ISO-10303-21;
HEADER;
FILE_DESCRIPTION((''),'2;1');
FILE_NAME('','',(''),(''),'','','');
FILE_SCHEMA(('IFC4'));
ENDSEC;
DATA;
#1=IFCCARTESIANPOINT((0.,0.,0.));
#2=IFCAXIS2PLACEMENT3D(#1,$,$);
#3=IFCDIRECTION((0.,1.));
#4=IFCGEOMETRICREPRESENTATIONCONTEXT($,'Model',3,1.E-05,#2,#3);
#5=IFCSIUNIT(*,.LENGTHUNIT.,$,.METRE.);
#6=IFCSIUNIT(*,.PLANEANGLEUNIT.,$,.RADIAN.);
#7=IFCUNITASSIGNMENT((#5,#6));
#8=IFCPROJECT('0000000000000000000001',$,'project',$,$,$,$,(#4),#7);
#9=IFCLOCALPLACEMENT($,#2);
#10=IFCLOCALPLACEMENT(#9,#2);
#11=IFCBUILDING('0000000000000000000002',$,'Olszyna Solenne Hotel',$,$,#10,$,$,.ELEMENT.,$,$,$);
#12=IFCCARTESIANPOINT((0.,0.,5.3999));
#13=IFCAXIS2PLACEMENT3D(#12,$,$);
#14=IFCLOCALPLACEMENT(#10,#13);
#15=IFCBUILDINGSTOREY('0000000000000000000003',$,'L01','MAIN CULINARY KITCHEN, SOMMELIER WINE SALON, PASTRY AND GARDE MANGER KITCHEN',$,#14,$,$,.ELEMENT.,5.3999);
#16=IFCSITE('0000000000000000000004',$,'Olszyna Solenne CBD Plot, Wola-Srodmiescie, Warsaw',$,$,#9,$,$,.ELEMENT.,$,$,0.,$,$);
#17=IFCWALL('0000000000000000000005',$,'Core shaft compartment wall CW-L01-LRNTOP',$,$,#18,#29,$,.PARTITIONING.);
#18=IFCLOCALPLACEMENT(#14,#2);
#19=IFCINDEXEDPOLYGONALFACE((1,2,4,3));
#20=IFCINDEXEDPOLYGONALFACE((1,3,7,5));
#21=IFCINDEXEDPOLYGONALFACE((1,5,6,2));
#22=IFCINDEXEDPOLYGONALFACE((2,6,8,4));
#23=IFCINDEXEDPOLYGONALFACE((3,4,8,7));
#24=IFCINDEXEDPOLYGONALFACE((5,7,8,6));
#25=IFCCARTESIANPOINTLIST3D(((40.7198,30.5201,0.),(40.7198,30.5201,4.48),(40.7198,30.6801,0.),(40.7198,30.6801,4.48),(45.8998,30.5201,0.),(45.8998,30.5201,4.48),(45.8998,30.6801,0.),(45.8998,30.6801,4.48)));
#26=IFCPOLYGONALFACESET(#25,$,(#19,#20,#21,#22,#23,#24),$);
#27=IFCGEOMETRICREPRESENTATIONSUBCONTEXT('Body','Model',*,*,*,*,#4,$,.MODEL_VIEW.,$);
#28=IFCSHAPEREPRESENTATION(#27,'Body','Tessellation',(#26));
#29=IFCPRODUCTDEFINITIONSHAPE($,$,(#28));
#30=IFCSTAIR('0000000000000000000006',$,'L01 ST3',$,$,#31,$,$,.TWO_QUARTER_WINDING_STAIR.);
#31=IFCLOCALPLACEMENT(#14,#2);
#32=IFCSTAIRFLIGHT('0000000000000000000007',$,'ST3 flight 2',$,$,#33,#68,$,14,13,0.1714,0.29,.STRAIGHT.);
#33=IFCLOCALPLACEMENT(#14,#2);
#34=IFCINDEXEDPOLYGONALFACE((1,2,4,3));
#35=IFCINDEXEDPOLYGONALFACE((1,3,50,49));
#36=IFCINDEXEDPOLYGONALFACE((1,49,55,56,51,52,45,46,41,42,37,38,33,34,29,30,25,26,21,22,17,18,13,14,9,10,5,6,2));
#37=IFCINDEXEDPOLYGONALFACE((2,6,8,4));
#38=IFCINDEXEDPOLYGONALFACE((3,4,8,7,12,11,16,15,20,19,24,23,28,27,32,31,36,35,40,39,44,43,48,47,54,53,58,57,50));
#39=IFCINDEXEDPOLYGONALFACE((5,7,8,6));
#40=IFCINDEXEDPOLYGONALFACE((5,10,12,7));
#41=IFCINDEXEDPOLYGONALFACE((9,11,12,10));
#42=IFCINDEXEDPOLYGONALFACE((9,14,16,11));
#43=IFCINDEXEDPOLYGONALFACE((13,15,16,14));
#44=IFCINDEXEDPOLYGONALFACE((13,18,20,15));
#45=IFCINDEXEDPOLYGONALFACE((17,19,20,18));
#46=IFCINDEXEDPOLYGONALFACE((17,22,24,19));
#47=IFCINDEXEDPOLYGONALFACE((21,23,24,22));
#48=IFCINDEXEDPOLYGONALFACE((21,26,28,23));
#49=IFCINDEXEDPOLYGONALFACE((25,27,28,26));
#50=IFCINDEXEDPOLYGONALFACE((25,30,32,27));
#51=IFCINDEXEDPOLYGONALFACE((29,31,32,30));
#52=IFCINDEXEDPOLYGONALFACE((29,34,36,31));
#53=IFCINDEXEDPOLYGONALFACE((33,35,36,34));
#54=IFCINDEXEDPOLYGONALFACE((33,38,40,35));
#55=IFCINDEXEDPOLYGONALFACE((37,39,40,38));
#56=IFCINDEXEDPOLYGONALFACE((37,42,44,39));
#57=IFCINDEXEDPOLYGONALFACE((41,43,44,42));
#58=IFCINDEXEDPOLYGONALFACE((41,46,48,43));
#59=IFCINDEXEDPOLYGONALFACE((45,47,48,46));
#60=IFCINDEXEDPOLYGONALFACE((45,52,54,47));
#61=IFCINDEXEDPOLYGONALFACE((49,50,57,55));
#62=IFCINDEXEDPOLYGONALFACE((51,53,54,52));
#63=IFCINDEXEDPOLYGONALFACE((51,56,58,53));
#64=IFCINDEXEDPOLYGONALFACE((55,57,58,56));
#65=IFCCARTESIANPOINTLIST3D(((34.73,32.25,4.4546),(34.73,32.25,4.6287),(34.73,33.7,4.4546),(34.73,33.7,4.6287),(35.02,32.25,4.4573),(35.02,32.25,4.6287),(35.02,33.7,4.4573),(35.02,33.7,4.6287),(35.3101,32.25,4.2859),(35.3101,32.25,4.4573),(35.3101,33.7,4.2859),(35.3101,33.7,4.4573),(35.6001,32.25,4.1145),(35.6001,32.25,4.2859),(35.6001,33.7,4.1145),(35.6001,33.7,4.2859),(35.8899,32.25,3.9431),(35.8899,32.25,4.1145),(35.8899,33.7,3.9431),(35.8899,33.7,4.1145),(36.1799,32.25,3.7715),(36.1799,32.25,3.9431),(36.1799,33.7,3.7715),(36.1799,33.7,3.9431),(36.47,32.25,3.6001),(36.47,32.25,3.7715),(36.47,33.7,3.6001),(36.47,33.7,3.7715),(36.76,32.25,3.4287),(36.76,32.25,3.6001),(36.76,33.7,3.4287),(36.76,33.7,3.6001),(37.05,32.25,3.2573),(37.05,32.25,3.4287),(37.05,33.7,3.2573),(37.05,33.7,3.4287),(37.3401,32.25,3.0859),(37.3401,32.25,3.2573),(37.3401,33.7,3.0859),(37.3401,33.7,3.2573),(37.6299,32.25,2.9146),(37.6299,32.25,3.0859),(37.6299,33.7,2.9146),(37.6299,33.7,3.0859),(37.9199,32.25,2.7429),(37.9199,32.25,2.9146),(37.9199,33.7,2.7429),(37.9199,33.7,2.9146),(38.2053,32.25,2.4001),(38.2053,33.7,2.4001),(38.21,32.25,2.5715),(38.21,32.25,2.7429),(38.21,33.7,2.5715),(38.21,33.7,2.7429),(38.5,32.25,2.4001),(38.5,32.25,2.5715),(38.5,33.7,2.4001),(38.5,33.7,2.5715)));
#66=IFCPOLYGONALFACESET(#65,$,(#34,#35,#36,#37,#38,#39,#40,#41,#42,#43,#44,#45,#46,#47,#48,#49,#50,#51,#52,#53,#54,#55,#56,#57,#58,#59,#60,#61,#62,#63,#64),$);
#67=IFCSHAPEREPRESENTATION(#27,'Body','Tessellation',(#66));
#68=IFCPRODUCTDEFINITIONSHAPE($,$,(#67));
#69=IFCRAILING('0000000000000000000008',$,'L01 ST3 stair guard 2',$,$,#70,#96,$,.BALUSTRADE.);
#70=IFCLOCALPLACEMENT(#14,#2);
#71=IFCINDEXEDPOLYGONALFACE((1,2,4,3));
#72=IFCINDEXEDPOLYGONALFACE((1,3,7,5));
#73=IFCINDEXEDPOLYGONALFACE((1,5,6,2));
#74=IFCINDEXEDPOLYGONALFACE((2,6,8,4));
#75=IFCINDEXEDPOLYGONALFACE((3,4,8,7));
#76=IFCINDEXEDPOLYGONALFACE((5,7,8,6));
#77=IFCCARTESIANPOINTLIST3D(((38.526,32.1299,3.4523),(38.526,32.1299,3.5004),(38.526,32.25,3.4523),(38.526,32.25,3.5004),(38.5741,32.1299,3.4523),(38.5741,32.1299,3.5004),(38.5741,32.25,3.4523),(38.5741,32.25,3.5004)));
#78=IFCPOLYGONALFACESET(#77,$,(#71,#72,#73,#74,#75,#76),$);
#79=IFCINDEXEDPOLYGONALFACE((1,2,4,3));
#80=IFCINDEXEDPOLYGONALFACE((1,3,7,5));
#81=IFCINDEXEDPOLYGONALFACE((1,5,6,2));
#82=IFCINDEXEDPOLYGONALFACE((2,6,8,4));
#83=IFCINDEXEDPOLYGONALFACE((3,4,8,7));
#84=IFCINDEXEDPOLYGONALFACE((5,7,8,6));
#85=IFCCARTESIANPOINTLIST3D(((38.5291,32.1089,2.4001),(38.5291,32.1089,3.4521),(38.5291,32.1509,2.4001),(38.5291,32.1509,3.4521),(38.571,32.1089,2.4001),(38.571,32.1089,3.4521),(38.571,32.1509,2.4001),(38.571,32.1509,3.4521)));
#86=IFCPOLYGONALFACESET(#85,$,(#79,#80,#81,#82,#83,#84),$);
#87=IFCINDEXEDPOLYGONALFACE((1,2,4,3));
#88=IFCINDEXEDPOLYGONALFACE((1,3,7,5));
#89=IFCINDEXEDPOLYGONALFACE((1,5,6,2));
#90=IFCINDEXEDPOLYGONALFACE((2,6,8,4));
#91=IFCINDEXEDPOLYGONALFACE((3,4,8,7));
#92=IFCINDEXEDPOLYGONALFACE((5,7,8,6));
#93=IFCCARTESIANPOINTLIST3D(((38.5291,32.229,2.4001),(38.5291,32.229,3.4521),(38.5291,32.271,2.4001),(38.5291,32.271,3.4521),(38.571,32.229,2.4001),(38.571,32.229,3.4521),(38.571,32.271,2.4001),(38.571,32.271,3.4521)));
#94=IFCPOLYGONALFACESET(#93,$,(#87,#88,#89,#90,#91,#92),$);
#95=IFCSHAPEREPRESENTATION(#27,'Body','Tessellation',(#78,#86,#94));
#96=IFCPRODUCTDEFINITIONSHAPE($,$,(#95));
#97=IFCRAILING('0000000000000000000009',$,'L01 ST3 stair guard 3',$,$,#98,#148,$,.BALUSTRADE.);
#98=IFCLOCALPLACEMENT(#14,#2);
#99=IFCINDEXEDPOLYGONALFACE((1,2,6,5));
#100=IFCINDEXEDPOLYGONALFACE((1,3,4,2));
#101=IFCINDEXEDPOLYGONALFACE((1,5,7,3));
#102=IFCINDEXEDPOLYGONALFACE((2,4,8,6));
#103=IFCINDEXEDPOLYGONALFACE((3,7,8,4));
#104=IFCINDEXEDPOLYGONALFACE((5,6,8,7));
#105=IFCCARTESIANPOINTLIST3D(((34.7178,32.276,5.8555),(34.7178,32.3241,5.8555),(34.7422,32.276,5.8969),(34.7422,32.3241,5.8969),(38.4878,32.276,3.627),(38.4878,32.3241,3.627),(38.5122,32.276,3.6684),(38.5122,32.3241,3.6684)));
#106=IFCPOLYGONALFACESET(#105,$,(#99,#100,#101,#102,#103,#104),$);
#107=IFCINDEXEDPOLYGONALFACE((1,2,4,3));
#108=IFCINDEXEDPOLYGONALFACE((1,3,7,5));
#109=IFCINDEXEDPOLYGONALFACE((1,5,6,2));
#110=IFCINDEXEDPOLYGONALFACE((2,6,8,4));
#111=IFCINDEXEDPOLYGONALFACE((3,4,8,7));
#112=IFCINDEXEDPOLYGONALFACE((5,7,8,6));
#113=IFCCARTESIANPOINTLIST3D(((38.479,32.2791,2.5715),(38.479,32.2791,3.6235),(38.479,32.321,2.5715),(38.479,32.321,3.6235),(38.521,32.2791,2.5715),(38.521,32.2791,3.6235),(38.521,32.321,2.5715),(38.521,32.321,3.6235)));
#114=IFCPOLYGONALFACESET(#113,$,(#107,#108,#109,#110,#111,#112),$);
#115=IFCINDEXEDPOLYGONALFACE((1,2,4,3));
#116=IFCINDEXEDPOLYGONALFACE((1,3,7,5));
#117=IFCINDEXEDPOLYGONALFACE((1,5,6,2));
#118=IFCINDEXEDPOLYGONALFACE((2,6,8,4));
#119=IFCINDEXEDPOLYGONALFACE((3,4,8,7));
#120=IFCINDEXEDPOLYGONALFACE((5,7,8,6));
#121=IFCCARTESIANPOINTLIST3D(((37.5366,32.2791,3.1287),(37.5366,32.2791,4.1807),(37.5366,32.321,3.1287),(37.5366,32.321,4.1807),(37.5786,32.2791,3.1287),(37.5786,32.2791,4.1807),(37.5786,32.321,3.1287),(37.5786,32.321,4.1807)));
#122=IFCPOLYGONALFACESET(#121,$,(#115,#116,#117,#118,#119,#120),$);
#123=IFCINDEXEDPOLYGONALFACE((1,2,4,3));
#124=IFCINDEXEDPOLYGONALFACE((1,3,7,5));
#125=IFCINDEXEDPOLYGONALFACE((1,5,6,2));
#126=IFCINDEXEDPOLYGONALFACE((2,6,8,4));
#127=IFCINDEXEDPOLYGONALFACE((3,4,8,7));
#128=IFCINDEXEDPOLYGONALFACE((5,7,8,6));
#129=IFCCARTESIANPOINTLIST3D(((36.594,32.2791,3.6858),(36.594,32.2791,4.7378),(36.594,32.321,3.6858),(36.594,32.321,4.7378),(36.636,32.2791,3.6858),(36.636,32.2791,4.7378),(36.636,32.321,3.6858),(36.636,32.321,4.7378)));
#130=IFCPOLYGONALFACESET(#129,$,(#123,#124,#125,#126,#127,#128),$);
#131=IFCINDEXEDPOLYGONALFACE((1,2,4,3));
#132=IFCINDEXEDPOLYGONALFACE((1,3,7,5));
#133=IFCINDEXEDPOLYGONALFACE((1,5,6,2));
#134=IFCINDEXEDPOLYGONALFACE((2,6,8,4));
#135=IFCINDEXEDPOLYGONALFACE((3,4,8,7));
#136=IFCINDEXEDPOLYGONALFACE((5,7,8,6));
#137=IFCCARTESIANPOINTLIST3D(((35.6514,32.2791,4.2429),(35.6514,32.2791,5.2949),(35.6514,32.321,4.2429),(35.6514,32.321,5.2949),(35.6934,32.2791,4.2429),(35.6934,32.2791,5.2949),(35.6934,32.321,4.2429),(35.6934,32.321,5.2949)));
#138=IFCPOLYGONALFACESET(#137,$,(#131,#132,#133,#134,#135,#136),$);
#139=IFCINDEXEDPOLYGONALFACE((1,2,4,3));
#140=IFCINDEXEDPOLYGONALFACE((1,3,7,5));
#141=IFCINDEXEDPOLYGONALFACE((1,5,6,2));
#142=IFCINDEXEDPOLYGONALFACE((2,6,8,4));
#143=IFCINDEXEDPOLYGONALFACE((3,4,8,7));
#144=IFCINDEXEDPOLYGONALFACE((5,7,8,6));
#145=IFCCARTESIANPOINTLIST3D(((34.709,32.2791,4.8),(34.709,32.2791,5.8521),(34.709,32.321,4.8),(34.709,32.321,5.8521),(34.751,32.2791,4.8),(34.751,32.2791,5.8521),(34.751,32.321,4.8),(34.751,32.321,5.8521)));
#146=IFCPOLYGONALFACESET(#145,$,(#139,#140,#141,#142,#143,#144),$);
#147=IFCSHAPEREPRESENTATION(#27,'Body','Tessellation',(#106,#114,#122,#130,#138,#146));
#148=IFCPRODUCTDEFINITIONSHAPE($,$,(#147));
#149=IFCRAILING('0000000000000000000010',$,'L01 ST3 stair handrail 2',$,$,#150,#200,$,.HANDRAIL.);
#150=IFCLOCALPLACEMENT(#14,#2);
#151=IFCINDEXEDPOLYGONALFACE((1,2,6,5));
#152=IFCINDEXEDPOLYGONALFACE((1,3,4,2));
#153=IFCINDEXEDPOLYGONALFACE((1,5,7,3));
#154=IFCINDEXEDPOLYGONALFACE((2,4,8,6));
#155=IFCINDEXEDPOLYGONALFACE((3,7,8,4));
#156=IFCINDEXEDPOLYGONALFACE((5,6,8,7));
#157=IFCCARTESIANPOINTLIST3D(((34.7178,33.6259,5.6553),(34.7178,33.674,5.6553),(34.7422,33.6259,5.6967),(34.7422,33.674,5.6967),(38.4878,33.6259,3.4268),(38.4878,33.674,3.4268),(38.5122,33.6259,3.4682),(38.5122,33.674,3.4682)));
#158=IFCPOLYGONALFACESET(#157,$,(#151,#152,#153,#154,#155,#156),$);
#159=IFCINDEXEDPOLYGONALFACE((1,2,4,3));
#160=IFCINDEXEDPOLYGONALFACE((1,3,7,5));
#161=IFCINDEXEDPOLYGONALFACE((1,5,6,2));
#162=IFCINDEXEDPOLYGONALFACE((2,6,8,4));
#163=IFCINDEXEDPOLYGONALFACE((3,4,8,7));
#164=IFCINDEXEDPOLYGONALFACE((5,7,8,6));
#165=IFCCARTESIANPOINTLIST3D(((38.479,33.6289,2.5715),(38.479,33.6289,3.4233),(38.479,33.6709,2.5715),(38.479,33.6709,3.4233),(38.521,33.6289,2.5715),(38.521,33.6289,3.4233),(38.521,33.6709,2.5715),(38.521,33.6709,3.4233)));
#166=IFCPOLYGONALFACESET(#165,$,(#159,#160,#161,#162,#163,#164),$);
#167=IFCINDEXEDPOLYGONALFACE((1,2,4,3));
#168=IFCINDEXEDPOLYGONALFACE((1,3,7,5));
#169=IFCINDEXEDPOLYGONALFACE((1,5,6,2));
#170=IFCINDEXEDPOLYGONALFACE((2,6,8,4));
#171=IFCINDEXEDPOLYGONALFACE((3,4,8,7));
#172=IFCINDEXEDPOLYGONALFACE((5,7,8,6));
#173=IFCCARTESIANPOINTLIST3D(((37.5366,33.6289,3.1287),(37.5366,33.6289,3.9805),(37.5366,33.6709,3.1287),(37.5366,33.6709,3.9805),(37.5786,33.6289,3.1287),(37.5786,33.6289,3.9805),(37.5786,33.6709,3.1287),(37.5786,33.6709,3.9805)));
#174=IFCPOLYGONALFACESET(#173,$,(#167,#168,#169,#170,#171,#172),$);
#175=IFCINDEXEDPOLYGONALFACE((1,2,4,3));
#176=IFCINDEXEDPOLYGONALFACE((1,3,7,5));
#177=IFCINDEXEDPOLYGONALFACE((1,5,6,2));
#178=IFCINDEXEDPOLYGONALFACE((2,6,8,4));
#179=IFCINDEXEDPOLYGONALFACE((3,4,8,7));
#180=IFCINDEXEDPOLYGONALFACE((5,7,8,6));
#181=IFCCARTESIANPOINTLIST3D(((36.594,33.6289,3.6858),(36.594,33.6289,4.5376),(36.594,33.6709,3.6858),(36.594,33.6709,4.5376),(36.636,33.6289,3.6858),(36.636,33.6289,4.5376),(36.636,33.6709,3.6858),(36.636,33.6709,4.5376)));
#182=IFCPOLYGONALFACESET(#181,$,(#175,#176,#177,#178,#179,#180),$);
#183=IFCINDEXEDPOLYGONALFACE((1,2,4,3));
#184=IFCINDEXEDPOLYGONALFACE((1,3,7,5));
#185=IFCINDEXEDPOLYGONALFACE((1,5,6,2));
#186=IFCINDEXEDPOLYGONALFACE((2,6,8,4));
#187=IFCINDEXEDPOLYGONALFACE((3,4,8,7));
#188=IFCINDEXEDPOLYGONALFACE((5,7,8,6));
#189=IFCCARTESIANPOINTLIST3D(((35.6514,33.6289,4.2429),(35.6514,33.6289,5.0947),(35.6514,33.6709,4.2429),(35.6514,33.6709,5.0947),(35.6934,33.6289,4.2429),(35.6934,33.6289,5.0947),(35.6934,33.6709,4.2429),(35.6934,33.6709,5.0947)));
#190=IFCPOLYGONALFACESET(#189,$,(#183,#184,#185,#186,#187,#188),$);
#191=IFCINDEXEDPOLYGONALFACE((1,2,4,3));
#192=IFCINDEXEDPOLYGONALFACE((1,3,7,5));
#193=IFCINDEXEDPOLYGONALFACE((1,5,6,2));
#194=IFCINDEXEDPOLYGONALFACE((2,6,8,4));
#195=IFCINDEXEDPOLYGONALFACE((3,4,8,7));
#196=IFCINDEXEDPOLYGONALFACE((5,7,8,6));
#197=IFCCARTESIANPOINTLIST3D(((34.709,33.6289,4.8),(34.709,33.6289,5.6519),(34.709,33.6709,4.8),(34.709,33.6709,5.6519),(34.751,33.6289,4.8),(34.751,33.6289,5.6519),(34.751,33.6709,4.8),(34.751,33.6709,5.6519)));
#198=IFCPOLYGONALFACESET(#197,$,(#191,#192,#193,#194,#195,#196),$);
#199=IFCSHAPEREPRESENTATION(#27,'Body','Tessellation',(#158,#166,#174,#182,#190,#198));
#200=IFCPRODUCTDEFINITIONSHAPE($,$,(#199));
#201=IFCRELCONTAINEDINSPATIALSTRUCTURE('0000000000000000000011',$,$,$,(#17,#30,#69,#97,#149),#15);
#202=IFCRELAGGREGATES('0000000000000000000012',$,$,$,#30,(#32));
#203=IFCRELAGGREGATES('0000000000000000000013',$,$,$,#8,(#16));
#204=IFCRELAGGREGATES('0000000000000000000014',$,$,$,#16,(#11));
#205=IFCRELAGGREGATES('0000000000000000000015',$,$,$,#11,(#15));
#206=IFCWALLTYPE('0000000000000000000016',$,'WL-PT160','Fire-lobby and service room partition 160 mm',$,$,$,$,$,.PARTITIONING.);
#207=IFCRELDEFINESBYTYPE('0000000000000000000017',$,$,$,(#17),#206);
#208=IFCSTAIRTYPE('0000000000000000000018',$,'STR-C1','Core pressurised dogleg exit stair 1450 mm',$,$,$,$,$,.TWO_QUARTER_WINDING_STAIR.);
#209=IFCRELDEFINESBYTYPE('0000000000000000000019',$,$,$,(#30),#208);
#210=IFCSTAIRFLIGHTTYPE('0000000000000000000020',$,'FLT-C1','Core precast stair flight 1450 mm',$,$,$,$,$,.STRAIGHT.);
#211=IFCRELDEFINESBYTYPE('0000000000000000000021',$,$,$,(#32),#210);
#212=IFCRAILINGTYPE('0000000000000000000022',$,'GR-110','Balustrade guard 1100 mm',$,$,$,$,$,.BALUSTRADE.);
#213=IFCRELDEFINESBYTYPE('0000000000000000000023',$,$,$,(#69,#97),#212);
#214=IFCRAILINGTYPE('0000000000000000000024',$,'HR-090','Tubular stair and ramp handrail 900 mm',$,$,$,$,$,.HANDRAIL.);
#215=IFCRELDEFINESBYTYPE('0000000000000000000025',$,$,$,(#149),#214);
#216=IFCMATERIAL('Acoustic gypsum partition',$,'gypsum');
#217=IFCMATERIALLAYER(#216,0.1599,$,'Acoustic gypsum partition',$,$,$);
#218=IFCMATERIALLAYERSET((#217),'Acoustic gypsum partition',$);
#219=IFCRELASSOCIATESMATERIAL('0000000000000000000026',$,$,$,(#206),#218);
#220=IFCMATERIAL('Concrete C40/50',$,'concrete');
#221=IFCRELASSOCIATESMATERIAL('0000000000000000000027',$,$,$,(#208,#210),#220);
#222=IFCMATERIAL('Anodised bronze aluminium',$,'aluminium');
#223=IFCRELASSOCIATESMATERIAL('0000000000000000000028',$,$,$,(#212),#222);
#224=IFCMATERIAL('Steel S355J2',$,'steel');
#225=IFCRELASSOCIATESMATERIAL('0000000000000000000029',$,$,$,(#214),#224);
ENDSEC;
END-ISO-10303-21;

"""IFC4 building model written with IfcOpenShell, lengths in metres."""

from ifc_helpers import new_model, si_unit, direction, frame, frame_2d, origin, origin_2d, place, context, subcontext, project, spatial, polyline, rectangle, outline, extrude, material, layer, layer_set, type_object, element, aggregate, save


model = new_model("IFC4")

# Units and contexts
model_context = context("Model", 3, precision=1e-05, world=origin(), true_north=direction((0.0, 1.0)))
body_context = subcontext(model_context, "Body", "Model", "MODEL_VIEW")
ifc_project = project(units=[si_unit("LENGTHUNIT", "METRE"), si_unit("PLANEANGLEUNIT", "RADIAN")], contexts=[model_context])

# Site, building, storey
site_placement = place(None, origin())
site = spatial("IfcSite", under=ifc_project, at=site_placement, Name="Olszyna Solenne CBD Plot, Wola-Srodmiescie, Warsaw", CompositionType="ELEMENT", RefElevation=0.0)
building_placement = place(site_placement, origin())
building = spatial("IfcBuilding", under=site, at=building_placement, Name="Olszyna Solenne Hotel", CompositionType="ELEMENT")
storey_placement = place(building_placement, frame((0.0, 0.0, 5.3999)))
storey = spatial("IfcBuildingStorey", under=building, at=storey_placement, Name="L01", Description="MAIN CULINARY KITCHEN, SOMMELIER WINE SALON, PASTRY AND GARDE MANGER KITCHEN", CompositionType="ELEMENT", Elevation=5.3999)

# Shared definitions
ifc_material_1 = material(Name="Steel S355J2", Category="steel")

# Shared definitions
ifc_material_2 = material(Name="Anodised bronze aluminium", Category="aluminium")

# Wall
ifc_material_3 = material(Name="Acoustic gypsum partition", Category="gypsum")
ifc_layer_1 = layer(ifc_material_3, 0.1599, Name="Acoustic gypsum partition")
ifc_layer_set_1 = layer_set([ifc_layer_1], Name="Acoustic gypsum partition")
wall_type_1 = type_object("IfcWallType", Name="WL-PT160", Description="Fire-lobby and service room partition 160 mm", PredefinedType="PARTITIONING", material=ifc_layer_set_1)
wall_1_placement = place(storey_placement, frame((40.72, 30.6001, 0.0), z_axis=(0.0, 0.0, 1.0), x_axis=(1.0, 0.0, 0.0)))
element("IfcWall", 1, at=wall_1_placement, inside=storey, type_object=wall_type_1, Name="Core shaft compartment wall CW-L01-LRNTOP", PredefinedType="PARTITIONING", context=body_context, shape_type="SweptSolid", body=[
    extrude(rectangle(XDim=5.1799, YDim=0.1599, at=frame_2d((2.5898, 0.0))), origin(), (0.0, 0.0, 1.0), 4.48),
])

# Stair, stair flight
ifc_material_4 = material(Name="Concrete C40/50", Category="concrete")
stair_type = type_object("IfcStairType", Name="STR-C1", Description="Core pressurised dogleg exit stair 1450 mm", PredefinedType="TWO_QUARTER_WINDING_STAIR", material=ifc_material_4)
stair_placement = place(storey_placement, origin())
stair = element("IfcStair", 2, at=stair_placement, inside=storey, type_object=stair_type, Name="L01 ST3", PredefinedType="TWO_QUARTER_WINDING_STAIR")
stair_flight_type = type_object("IfcStairFlightType", Name="FLT-C1", Description="Core precast stair flight 1450 mm", PredefinedType="STRAIGHT", material=ifc_material_4)
stair_flight_placement = place(storey_placement, frame((38.5, 32.9751, 2.4001), z_axis=(0.0, 0.0, 1.0), x_axis=(-1.0, 0.0, 0.0)))
stair_flight = element("IfcStairFlight", 3, at=stair_flight_placement, type_object=stair_flight_type, Name="ST3 flight 2", NumberOfRisers=14, NumberOfTreads=13, PredefinedType="STRAIGHT", RiserHeight=0.1714, TreadLength=0.29, context=body_context, shape_type="SweptSolid", body=[
    extrude(outline(polyline([(0.0, 0.0), (0.0, 0.1714), (0.29, 0.1714), (0.29, 0.3428), (0.5801, 0.3428), (0.5801, 0.5144), (0.8701, 0.5144), (0.8701, 0.6858), (1.1599, 0.6858), (1.1599, 0.8572), (1.45, 0.8572), (1.45, 1.0286), (1.74, 1.0286), (1.74, 1.2), (2.03, 1.2), (2.03, 1.3713), (2.3201, 1.3713), (2.3201, 1.543), (2.6101, 1.543), (2.6101, 1.7144), (2.8999, 1.7144), (2.8999, 1.8857), (3.1899, 1.8857), (3.1899, 2.0571), (3.48, 2.0571), (3.48, 2.2285), (3.77, 2.2285), (3.77, 2.3999), (3.77, 2.0544), (0.2947, 0.0), (0.0, 0.0)])), frame((0.0, 0.7251, 0.0), z_axis=(0.0, -1.0, 0.0), x_axis=(1.0, 0.0, 0.0)), (0.0, 0.0, 1.0), 1.45),
])
aggregate(stair, [stair_flight])

# Railings
railing_type_1 = type_object("IfcRailingType", Name="GR-110", Description="Balustrade guard 1100 mm", PredefinedType="BALUSTRADE", material=ifc_material_2)
railing_1_placement = place(storey_placement, frame((38.55, 32.1299, 2.4001)))
element("IfcRailing", 4, at=railing_1_placement, inside=storey, type_object=railing_type_1, Name="L01 ST3 stair guard 2", PredefinedType="BALUSTRADE", context=body_context, shape_type="SweptSolid", body=[
    extrude(rectangle(XDim=0.0481, YDim=0.0481, at=origin_2d()), frame((0.0, 0.0, 1.0762), z_axis=(0.0, 1.0, 0.0), x_axis=(-1.0, 0.0, 0.0)), (0.0, 0.0, 1.0), 0.1201),
    extrude(rectangle(XDim=0.042, YDim=0.042, at=origin_2d()), origin(), (0.0, 0.0, 1.0), 1.052),
    extrude(rectangle(XDim=0.042, YDim=0.042, at=origin_2d()), frame((0.0, 0.1201, 0.0)), (0.0, 0.0, 1.0), 1.052),
])
railing_2_placement = place(storey_placement, frame((38.5, 32.3, 2.5715)))
element("IfcRailing", 5, at=railing_2_placement, inside=storey, type_object=railing_type_1, Name="L01 ST3 stair guard 3", PredefinedType="BALUSTRADE", context=body_context, shape_type="SweptSolid", body=[
    extrude(rectangle(XDim=0.0481, YDim=0.0481, at=origin_2d()), frame((0.0, 0.0, 1.0762), z_axis=(-0.860849, 0.0, 0.508861), x_axis=(0.0, -1.0, 0.0)), (0.0, 0.0, 1.0), 4.3794),
    extrude(rectangle(XDim=0.042, YDim=0.042, at=origin_2d()), origin(), (0.0, 0.0, 1.0), 1.052),
    extrude(rectangle(XDim=0.042, YDim=0.042, at=origin_2d()), frame((-0.9424, 0.0, 0.5571)), (0.0, 0.0, 1.0), 1.052),
    extrude(rectangle(XDim=0.042, YDim=0.042, at=origin_2d()), frame((-1.885, 0.0, 1.1143)), (0.0, 0.0, 1.0), 1.052),
    extrude(rectangle(XDim=0.042, YDim=0.042, at=origin_2d()), frame((-2.8276, 0.0, 1.6714)), (0.0, 0.0, 1.0), 1.052),
    extrude(rectangle(XDim=0.042, YDim=0.042, at=origin_2d()), frame((-3.77, 0.0, 2.2285)), (0.0, 0.0, 1.0), 1.052),
])
railing_type_2 = type_object("IfcRailingType", Name="HR-090", Description="Tubular stair and ramp handrail 900 mm", PredefinedType="HANDRAIL", material=ifc_material_1)
railing_3_placement = place(storey_placement, frame((38.5, 33.6499, 2.5715)))
element("IfcRailing", 6, at=railing_3_placement, inside=storey, type_object=railing_type_2, Name="L01 ST3 stair handrail 2", PredefinedType="HANDRAIL", context=body_context, shape_type="SweptSolid", body=[
    extrude(rectangle(XDim=0.0481, YDim=0.0481, at=origin_2d()), frame((0.0, 0.0, 0.876), z_axis=(-0.860849, 0.0, 0.508861), x_axis=(0.0, -1.0, 0.0)), (0.0, 0.0, 1.0), 4.3794),
    extrude(rectangle(XDim=0.042, YDim=0.042, at=origin_2d()), origin(), (0.0, 0.0, 1.0), 0.8518),
    extrude(rectangle(XDim=0.042, YDim=0.042, at=origin_2d()), frame((-0.9424, 0.0, 0.5571)), (0.0, 0.0, 1.0), 0.8518),
    extrude(rectangle(XDim=0.042, YDim=0.042, at=origin_2d()), frame((-1.885, 0.0, 1.1143)), (0.0, 0.0, 1.0), 0.8518),
    extrude(rectangle(XDim=0.042, YDim=0.042, at=origin_2d()), frame((-2.8276, 0.0, 1.6714)), (0.0, 0.0, 1.0), 0.8518),
    extrude(rectangle(XDim=0.042, YDim=0.042, at=origin_2d()), frame((-3.77, 0.0, 2.2285)), (0.0, 0.0, 1.0), 0.8518),
])

save(model, "model.ifc")
